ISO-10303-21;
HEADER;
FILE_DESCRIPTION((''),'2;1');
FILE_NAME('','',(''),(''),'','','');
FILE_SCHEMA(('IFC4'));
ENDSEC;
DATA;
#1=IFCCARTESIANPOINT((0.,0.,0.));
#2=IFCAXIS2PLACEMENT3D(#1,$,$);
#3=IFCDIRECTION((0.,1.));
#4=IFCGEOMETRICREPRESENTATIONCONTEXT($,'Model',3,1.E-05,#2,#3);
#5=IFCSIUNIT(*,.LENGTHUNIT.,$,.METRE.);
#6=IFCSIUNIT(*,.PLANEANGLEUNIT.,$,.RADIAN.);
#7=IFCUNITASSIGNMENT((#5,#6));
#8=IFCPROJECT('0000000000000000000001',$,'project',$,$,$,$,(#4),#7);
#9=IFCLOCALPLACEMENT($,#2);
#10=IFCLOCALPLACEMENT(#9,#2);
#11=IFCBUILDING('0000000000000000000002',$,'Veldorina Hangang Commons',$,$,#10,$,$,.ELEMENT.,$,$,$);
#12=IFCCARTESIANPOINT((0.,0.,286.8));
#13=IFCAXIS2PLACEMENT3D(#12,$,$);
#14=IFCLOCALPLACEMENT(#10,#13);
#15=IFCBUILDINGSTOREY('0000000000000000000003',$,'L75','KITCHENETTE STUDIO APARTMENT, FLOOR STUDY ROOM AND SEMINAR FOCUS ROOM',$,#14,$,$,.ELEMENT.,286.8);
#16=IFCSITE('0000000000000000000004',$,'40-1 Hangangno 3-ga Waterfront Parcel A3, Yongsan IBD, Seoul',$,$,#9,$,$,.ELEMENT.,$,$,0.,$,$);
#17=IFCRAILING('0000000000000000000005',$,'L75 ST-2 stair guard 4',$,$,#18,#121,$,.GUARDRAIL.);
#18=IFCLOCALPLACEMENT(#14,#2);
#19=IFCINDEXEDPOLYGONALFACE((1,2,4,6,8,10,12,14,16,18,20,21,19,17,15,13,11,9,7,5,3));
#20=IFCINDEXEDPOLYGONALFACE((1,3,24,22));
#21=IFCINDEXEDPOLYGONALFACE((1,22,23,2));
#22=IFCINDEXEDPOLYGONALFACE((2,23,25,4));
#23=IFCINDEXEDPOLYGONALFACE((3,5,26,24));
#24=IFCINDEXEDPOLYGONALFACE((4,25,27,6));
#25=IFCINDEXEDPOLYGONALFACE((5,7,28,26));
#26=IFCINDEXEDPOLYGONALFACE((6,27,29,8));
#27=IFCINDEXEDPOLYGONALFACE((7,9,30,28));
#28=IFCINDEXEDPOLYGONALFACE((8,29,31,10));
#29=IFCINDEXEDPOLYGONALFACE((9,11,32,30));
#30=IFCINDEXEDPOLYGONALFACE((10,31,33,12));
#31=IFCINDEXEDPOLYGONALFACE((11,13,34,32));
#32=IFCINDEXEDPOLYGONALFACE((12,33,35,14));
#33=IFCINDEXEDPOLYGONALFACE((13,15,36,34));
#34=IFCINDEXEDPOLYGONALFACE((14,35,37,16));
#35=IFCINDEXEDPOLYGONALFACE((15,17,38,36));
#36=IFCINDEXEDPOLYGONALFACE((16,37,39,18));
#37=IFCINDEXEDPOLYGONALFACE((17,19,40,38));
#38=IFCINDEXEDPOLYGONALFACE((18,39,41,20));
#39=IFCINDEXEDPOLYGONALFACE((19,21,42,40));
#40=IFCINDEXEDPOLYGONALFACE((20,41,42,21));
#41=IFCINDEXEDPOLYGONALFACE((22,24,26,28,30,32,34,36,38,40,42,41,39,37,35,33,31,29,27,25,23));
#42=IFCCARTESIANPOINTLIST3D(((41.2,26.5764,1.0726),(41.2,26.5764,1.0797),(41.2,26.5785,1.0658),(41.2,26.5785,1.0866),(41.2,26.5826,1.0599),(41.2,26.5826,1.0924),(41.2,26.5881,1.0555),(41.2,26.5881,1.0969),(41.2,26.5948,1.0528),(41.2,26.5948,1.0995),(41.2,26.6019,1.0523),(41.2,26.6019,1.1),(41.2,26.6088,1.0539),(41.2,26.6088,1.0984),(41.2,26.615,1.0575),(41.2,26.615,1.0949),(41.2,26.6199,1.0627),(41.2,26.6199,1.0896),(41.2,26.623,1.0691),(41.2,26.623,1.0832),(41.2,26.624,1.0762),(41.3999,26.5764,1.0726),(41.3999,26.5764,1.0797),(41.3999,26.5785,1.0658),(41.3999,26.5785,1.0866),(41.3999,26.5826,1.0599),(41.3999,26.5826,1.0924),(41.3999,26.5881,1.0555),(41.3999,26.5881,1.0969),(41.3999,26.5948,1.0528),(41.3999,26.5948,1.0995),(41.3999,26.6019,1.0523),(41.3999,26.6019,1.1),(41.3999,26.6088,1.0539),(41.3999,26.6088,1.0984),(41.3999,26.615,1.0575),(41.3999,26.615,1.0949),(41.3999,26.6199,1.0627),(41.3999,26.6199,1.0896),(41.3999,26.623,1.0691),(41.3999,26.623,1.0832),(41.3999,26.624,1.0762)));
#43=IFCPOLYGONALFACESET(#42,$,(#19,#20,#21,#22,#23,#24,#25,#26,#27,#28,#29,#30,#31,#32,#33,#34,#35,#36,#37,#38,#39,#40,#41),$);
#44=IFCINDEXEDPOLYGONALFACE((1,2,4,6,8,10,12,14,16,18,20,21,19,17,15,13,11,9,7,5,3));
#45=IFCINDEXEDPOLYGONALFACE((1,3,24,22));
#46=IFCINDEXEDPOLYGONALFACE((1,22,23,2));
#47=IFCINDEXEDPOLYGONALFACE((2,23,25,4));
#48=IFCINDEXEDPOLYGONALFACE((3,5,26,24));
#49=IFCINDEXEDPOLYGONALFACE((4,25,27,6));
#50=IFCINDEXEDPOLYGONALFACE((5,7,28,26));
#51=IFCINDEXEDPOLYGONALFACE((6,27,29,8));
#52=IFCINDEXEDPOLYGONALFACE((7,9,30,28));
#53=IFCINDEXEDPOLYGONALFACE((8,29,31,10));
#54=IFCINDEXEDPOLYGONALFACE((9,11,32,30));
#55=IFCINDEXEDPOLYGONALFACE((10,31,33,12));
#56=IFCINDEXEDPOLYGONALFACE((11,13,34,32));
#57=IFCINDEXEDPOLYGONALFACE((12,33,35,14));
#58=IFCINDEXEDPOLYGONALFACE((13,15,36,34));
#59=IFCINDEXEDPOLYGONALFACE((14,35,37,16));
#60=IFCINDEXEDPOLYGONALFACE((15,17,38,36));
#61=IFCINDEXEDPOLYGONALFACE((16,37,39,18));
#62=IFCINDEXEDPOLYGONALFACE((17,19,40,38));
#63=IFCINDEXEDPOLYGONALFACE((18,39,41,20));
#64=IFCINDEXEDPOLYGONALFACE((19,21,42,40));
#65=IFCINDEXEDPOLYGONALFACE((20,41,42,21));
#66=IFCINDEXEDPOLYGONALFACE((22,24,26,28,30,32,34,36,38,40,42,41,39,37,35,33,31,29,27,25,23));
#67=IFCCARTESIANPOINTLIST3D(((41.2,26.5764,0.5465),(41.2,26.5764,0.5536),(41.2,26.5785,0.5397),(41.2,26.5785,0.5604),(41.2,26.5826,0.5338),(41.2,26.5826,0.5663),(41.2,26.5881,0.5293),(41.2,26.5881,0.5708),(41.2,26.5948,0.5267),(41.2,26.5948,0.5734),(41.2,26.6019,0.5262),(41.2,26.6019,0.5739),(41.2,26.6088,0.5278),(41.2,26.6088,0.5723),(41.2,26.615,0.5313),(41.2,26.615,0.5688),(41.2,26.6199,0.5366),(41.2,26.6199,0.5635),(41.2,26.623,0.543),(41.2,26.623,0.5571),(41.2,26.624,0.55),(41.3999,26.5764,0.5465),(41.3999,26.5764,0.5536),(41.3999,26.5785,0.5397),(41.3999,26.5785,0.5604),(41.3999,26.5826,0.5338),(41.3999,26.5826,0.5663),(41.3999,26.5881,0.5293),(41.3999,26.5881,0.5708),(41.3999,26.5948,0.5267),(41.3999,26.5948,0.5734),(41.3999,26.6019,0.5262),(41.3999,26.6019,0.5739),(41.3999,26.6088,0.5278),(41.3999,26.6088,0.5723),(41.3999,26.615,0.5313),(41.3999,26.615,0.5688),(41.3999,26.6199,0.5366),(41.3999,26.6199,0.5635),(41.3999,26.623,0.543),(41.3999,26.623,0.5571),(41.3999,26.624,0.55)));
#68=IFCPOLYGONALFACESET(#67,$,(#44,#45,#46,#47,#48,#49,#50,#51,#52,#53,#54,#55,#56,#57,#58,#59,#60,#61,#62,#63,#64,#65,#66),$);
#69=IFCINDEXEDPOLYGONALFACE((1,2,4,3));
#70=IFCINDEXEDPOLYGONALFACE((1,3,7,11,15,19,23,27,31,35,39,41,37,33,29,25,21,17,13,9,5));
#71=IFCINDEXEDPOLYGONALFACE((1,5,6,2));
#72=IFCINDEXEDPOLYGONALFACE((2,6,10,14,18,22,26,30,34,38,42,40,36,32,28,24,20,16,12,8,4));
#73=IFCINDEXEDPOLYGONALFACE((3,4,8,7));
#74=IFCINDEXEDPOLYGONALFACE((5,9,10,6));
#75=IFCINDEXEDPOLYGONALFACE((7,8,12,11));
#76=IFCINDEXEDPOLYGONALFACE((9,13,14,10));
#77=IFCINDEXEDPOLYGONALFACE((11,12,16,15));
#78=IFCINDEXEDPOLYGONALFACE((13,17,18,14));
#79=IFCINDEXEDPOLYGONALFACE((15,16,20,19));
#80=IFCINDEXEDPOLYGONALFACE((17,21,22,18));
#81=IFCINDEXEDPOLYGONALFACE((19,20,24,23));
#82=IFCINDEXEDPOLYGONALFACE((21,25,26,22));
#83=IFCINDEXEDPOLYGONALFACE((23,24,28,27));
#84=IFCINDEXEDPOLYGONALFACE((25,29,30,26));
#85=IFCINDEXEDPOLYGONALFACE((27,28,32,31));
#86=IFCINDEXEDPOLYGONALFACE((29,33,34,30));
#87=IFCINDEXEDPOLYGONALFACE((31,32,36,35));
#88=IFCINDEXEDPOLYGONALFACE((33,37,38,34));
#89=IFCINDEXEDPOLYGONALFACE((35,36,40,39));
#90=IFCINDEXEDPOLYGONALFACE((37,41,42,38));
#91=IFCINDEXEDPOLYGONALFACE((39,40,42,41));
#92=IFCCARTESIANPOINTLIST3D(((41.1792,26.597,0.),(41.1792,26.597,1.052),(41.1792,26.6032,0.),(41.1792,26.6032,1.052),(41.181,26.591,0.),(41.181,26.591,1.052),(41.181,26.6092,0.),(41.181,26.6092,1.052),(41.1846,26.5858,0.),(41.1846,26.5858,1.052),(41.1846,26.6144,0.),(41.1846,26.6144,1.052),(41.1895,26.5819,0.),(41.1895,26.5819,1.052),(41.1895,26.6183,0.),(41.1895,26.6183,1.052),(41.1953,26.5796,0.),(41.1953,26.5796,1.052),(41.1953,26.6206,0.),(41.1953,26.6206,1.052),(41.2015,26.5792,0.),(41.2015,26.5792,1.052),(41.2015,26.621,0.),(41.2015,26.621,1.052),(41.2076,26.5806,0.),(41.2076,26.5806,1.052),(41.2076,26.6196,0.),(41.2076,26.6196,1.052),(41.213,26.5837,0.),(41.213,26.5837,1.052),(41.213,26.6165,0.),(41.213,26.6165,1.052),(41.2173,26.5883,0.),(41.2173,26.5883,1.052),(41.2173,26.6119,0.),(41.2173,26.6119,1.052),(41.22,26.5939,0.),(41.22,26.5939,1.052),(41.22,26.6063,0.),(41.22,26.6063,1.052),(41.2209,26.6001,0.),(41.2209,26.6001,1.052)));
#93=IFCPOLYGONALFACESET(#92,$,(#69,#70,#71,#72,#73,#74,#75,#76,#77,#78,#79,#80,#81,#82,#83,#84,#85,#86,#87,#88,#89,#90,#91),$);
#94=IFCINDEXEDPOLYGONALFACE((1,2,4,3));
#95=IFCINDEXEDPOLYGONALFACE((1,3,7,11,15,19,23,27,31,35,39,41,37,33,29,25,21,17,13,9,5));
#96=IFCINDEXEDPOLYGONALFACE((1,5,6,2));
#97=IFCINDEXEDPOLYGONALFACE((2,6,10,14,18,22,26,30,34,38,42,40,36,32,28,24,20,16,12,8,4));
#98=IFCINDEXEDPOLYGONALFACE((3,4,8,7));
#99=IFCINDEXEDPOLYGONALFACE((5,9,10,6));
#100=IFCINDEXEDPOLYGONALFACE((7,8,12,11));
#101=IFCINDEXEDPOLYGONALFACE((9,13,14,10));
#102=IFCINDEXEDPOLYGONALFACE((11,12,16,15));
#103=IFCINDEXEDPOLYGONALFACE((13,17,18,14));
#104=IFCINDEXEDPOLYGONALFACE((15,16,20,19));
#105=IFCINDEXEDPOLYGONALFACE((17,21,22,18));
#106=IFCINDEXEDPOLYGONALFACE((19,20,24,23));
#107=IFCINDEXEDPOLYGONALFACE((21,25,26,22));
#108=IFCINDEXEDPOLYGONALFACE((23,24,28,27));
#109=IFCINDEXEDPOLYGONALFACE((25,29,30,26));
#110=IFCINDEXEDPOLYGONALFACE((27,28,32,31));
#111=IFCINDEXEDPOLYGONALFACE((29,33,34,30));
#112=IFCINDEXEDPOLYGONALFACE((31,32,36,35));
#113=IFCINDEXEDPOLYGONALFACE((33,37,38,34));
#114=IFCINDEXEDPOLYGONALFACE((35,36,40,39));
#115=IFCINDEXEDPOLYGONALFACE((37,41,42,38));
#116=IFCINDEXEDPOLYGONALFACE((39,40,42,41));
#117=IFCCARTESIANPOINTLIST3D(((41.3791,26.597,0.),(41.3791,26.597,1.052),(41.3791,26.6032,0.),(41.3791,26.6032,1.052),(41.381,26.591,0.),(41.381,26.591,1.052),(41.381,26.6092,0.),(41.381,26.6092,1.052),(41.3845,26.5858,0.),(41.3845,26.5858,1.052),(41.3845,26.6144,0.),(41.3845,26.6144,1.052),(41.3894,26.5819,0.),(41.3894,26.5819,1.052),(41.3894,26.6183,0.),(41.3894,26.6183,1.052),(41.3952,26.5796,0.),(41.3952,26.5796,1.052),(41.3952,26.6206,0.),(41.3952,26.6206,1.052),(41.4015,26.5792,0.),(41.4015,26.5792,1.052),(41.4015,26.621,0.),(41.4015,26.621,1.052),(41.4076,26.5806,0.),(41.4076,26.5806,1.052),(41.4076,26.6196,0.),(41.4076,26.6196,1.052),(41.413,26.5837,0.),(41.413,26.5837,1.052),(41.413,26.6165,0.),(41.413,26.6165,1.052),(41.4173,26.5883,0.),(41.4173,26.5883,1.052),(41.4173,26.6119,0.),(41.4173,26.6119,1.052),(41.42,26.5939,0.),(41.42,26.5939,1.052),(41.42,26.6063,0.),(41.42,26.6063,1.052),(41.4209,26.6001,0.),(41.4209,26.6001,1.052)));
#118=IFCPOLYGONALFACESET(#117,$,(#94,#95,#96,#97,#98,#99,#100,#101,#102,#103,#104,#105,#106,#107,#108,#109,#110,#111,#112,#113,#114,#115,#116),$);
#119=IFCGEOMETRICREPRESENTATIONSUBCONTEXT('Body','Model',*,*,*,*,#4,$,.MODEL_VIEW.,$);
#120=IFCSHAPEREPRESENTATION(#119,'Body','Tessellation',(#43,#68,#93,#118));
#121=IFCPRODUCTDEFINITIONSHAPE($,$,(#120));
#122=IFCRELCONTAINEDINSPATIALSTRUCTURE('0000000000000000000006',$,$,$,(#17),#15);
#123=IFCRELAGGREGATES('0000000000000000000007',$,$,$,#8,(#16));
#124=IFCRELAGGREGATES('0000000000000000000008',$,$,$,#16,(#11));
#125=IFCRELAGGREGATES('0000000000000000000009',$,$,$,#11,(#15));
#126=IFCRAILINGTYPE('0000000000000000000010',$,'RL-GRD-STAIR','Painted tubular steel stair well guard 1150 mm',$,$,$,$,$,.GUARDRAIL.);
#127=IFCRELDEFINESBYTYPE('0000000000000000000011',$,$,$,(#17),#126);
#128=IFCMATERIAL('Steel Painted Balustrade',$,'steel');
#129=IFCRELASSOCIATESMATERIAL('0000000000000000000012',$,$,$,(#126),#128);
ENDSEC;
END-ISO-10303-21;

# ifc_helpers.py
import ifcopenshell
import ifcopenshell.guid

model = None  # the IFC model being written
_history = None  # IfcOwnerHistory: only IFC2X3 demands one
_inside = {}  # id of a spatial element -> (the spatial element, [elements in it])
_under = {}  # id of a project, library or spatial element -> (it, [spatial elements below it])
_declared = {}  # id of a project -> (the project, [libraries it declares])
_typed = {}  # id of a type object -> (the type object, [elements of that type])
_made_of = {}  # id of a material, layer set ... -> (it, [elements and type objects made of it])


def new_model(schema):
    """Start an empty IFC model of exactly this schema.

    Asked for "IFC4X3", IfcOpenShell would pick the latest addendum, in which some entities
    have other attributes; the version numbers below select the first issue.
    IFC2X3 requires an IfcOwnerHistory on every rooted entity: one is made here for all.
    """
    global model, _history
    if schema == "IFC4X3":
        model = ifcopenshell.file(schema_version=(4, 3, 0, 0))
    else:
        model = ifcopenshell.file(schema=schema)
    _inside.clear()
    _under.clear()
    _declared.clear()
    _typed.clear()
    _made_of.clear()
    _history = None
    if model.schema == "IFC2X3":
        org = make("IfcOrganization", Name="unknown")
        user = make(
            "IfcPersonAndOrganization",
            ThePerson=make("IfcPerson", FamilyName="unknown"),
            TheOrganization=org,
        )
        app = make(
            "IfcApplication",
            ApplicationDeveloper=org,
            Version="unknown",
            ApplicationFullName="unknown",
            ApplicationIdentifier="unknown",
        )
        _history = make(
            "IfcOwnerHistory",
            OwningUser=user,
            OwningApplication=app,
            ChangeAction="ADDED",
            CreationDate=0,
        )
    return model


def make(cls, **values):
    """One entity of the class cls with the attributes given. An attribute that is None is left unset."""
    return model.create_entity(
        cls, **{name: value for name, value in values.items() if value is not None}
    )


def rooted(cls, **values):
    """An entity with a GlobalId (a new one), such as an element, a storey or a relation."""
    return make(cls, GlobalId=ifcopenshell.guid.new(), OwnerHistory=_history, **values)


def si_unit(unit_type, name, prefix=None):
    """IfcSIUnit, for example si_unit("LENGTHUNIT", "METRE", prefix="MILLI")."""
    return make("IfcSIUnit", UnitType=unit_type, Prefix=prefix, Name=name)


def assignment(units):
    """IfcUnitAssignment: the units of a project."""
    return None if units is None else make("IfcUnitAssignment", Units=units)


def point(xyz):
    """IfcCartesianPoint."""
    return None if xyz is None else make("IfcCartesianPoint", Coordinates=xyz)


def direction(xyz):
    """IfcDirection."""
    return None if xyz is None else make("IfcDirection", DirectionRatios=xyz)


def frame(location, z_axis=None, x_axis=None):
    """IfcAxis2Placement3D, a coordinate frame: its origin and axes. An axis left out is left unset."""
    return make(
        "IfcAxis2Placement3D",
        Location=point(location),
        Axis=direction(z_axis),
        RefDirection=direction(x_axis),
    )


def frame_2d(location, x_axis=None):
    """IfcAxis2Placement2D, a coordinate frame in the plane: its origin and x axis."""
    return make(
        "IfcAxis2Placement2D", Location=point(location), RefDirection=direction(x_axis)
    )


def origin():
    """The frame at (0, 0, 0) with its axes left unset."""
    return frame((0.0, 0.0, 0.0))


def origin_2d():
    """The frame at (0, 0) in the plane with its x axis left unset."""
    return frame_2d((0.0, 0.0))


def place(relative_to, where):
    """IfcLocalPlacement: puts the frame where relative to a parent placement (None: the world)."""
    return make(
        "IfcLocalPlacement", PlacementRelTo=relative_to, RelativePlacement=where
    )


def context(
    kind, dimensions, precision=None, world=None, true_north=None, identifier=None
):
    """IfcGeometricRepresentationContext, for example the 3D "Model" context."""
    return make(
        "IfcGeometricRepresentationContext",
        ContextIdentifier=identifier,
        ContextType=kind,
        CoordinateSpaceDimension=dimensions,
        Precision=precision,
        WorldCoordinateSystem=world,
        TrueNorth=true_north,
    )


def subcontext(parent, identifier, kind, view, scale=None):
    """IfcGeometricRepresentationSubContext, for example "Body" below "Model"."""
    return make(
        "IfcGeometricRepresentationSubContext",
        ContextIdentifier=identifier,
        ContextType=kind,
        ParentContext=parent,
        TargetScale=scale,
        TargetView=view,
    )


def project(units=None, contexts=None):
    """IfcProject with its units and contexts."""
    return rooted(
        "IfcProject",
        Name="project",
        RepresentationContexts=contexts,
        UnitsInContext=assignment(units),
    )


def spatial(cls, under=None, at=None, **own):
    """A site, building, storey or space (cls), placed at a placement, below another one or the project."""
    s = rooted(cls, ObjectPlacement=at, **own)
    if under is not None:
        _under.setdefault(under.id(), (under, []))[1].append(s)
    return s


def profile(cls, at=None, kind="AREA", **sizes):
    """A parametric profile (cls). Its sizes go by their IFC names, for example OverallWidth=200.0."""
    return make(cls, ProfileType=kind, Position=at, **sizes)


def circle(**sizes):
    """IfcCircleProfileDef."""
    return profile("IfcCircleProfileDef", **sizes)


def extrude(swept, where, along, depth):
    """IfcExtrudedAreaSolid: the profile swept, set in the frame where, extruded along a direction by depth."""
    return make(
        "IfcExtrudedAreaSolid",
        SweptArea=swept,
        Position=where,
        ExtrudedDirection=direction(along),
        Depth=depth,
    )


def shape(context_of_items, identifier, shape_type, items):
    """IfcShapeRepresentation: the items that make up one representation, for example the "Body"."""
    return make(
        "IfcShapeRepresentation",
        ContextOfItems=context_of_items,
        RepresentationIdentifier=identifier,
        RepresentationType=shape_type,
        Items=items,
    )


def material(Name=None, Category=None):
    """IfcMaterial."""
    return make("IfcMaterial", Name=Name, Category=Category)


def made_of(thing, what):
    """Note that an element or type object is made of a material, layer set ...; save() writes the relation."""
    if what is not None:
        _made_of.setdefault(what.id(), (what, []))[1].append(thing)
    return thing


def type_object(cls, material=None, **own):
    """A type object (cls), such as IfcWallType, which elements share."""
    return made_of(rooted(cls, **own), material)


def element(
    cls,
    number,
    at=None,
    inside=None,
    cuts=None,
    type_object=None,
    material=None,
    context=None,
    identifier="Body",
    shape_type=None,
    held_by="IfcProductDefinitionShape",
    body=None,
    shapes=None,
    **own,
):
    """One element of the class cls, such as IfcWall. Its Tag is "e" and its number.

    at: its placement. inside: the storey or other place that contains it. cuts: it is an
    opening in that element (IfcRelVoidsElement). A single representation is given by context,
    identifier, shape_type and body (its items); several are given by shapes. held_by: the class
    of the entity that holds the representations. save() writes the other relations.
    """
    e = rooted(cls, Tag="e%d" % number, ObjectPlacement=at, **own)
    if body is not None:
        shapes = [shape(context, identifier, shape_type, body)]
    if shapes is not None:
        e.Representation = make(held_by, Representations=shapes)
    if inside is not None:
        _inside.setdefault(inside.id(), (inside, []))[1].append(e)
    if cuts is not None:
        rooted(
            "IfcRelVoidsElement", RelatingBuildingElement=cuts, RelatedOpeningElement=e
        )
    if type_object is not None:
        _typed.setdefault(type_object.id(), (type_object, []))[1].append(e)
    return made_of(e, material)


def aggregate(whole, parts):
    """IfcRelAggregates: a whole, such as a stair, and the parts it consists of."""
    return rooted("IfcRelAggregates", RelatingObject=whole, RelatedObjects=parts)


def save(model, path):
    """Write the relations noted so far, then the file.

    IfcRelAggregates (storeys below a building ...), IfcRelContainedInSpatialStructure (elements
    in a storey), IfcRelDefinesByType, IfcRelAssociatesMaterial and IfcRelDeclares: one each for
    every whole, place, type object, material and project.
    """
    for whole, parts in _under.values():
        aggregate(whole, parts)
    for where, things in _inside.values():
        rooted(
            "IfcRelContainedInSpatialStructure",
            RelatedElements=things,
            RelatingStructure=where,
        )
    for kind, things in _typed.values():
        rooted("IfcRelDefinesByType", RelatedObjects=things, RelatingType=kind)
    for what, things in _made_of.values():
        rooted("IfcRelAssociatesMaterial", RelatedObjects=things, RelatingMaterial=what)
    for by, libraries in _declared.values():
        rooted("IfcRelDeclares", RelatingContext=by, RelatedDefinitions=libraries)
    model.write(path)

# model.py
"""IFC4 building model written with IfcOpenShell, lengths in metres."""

from ifc_helpers import new_model, si_unit, direction, frame, origin, origin_2d, place, context, subcontext, project, spatial, circle, extrude, material, type_object, element, save


model = new_model("IFC4")

# Units and contexts
model_context = context("Model", 3, precision=1e-05, world=origin(), true_north=direction((0.0, 1.0)))
body_context = subcontext(model_context, "Body", "Model", "MODEL_VIEW")
ifc_project = project(units=[si_unit("LENGTHUNIT", "METRE"), si_unit("PLANEANGLEUNIT", "RADIAN")], contexts=[model_context])

# Site, building, storey
site_placement = place(None, origin())
site = spatial("IfcSite", under=ifc_project, at=site_placement, Name="40-1 Hangangno 3-ga Waterfront Parcel A3, Yongsan IBD, Seoul", CompositionType="ELEMENT", RefElevation=0.0)
building_placement = place(site_placement, origin())
building = spatial("IfcBuilding", under=site, at=building_placement, Name="Veldorina Hangang Commons", CompositionType="ELEMENT")
storey_placement = place(building_placement, frame((0.0, 0.0, 286.8)))
storey = spatial("IfcBuildingStorey", under=building, at=storey_placement, Name="L75", Description="KITCHENETTE STUDIO APARTMENT, FLOOR STUDY ROOM AND SEMINAR FOCUS ROOM", CompositionType="ELEMENT", Elevation=286.8)

# Railing
ifc_material_1 = material(Name="Steel Painted Balustrade", Category="steel")
railing_type_1 = type_object("IfcRailingType", Name="RL-GRD-STAIR", Description="Painted tubular steel stair well guard 1150 mm", PredefinedType="GUARDRAIL", material=ifc_material_1)
railing_1_placement = place(storey_placement, frame((41.2, 26.6001, 0.0)))
element("IfcRailing", 1, at=railing_1_placement, inside=storey, type_object=railing_type_1, Name="L75 ST-2 stair guard 4", PredefinedType="GUARDRAIL", context=body_context, shape_type="SweptSolid", body=[
    extrude(circle(Radius=0.0239, at=origin_2d()), frame((0.0, 0.0, 1.0762), z_axis=(1.0, 0.0, 0.0), x_axis=(0.0, 1.0, 0.0)), (0.0, 0.0, 1.0), 0.2),
    extrude(circle(Radius=0.0239, at=origin_2d()), frame((0.0, 0.0, 0.55), z_axis=(1.0, 0.0, 0.0), x_axis=(0.0, 1.0, 0.0)), (0.0, 0.0, 1.0), 0.2),
    extrude(circle(Radius=0.021, at=origin_2d()), origin(), (0.0, 0.0, 1.0), 1.052),
    extrude(circle(Radius=0.021, at=origin_2d()), frame((0.2, 0.0, 0.0)), (0.0, 0.0, 1.0), 1.052),
])

save(model, "model.ifc")
